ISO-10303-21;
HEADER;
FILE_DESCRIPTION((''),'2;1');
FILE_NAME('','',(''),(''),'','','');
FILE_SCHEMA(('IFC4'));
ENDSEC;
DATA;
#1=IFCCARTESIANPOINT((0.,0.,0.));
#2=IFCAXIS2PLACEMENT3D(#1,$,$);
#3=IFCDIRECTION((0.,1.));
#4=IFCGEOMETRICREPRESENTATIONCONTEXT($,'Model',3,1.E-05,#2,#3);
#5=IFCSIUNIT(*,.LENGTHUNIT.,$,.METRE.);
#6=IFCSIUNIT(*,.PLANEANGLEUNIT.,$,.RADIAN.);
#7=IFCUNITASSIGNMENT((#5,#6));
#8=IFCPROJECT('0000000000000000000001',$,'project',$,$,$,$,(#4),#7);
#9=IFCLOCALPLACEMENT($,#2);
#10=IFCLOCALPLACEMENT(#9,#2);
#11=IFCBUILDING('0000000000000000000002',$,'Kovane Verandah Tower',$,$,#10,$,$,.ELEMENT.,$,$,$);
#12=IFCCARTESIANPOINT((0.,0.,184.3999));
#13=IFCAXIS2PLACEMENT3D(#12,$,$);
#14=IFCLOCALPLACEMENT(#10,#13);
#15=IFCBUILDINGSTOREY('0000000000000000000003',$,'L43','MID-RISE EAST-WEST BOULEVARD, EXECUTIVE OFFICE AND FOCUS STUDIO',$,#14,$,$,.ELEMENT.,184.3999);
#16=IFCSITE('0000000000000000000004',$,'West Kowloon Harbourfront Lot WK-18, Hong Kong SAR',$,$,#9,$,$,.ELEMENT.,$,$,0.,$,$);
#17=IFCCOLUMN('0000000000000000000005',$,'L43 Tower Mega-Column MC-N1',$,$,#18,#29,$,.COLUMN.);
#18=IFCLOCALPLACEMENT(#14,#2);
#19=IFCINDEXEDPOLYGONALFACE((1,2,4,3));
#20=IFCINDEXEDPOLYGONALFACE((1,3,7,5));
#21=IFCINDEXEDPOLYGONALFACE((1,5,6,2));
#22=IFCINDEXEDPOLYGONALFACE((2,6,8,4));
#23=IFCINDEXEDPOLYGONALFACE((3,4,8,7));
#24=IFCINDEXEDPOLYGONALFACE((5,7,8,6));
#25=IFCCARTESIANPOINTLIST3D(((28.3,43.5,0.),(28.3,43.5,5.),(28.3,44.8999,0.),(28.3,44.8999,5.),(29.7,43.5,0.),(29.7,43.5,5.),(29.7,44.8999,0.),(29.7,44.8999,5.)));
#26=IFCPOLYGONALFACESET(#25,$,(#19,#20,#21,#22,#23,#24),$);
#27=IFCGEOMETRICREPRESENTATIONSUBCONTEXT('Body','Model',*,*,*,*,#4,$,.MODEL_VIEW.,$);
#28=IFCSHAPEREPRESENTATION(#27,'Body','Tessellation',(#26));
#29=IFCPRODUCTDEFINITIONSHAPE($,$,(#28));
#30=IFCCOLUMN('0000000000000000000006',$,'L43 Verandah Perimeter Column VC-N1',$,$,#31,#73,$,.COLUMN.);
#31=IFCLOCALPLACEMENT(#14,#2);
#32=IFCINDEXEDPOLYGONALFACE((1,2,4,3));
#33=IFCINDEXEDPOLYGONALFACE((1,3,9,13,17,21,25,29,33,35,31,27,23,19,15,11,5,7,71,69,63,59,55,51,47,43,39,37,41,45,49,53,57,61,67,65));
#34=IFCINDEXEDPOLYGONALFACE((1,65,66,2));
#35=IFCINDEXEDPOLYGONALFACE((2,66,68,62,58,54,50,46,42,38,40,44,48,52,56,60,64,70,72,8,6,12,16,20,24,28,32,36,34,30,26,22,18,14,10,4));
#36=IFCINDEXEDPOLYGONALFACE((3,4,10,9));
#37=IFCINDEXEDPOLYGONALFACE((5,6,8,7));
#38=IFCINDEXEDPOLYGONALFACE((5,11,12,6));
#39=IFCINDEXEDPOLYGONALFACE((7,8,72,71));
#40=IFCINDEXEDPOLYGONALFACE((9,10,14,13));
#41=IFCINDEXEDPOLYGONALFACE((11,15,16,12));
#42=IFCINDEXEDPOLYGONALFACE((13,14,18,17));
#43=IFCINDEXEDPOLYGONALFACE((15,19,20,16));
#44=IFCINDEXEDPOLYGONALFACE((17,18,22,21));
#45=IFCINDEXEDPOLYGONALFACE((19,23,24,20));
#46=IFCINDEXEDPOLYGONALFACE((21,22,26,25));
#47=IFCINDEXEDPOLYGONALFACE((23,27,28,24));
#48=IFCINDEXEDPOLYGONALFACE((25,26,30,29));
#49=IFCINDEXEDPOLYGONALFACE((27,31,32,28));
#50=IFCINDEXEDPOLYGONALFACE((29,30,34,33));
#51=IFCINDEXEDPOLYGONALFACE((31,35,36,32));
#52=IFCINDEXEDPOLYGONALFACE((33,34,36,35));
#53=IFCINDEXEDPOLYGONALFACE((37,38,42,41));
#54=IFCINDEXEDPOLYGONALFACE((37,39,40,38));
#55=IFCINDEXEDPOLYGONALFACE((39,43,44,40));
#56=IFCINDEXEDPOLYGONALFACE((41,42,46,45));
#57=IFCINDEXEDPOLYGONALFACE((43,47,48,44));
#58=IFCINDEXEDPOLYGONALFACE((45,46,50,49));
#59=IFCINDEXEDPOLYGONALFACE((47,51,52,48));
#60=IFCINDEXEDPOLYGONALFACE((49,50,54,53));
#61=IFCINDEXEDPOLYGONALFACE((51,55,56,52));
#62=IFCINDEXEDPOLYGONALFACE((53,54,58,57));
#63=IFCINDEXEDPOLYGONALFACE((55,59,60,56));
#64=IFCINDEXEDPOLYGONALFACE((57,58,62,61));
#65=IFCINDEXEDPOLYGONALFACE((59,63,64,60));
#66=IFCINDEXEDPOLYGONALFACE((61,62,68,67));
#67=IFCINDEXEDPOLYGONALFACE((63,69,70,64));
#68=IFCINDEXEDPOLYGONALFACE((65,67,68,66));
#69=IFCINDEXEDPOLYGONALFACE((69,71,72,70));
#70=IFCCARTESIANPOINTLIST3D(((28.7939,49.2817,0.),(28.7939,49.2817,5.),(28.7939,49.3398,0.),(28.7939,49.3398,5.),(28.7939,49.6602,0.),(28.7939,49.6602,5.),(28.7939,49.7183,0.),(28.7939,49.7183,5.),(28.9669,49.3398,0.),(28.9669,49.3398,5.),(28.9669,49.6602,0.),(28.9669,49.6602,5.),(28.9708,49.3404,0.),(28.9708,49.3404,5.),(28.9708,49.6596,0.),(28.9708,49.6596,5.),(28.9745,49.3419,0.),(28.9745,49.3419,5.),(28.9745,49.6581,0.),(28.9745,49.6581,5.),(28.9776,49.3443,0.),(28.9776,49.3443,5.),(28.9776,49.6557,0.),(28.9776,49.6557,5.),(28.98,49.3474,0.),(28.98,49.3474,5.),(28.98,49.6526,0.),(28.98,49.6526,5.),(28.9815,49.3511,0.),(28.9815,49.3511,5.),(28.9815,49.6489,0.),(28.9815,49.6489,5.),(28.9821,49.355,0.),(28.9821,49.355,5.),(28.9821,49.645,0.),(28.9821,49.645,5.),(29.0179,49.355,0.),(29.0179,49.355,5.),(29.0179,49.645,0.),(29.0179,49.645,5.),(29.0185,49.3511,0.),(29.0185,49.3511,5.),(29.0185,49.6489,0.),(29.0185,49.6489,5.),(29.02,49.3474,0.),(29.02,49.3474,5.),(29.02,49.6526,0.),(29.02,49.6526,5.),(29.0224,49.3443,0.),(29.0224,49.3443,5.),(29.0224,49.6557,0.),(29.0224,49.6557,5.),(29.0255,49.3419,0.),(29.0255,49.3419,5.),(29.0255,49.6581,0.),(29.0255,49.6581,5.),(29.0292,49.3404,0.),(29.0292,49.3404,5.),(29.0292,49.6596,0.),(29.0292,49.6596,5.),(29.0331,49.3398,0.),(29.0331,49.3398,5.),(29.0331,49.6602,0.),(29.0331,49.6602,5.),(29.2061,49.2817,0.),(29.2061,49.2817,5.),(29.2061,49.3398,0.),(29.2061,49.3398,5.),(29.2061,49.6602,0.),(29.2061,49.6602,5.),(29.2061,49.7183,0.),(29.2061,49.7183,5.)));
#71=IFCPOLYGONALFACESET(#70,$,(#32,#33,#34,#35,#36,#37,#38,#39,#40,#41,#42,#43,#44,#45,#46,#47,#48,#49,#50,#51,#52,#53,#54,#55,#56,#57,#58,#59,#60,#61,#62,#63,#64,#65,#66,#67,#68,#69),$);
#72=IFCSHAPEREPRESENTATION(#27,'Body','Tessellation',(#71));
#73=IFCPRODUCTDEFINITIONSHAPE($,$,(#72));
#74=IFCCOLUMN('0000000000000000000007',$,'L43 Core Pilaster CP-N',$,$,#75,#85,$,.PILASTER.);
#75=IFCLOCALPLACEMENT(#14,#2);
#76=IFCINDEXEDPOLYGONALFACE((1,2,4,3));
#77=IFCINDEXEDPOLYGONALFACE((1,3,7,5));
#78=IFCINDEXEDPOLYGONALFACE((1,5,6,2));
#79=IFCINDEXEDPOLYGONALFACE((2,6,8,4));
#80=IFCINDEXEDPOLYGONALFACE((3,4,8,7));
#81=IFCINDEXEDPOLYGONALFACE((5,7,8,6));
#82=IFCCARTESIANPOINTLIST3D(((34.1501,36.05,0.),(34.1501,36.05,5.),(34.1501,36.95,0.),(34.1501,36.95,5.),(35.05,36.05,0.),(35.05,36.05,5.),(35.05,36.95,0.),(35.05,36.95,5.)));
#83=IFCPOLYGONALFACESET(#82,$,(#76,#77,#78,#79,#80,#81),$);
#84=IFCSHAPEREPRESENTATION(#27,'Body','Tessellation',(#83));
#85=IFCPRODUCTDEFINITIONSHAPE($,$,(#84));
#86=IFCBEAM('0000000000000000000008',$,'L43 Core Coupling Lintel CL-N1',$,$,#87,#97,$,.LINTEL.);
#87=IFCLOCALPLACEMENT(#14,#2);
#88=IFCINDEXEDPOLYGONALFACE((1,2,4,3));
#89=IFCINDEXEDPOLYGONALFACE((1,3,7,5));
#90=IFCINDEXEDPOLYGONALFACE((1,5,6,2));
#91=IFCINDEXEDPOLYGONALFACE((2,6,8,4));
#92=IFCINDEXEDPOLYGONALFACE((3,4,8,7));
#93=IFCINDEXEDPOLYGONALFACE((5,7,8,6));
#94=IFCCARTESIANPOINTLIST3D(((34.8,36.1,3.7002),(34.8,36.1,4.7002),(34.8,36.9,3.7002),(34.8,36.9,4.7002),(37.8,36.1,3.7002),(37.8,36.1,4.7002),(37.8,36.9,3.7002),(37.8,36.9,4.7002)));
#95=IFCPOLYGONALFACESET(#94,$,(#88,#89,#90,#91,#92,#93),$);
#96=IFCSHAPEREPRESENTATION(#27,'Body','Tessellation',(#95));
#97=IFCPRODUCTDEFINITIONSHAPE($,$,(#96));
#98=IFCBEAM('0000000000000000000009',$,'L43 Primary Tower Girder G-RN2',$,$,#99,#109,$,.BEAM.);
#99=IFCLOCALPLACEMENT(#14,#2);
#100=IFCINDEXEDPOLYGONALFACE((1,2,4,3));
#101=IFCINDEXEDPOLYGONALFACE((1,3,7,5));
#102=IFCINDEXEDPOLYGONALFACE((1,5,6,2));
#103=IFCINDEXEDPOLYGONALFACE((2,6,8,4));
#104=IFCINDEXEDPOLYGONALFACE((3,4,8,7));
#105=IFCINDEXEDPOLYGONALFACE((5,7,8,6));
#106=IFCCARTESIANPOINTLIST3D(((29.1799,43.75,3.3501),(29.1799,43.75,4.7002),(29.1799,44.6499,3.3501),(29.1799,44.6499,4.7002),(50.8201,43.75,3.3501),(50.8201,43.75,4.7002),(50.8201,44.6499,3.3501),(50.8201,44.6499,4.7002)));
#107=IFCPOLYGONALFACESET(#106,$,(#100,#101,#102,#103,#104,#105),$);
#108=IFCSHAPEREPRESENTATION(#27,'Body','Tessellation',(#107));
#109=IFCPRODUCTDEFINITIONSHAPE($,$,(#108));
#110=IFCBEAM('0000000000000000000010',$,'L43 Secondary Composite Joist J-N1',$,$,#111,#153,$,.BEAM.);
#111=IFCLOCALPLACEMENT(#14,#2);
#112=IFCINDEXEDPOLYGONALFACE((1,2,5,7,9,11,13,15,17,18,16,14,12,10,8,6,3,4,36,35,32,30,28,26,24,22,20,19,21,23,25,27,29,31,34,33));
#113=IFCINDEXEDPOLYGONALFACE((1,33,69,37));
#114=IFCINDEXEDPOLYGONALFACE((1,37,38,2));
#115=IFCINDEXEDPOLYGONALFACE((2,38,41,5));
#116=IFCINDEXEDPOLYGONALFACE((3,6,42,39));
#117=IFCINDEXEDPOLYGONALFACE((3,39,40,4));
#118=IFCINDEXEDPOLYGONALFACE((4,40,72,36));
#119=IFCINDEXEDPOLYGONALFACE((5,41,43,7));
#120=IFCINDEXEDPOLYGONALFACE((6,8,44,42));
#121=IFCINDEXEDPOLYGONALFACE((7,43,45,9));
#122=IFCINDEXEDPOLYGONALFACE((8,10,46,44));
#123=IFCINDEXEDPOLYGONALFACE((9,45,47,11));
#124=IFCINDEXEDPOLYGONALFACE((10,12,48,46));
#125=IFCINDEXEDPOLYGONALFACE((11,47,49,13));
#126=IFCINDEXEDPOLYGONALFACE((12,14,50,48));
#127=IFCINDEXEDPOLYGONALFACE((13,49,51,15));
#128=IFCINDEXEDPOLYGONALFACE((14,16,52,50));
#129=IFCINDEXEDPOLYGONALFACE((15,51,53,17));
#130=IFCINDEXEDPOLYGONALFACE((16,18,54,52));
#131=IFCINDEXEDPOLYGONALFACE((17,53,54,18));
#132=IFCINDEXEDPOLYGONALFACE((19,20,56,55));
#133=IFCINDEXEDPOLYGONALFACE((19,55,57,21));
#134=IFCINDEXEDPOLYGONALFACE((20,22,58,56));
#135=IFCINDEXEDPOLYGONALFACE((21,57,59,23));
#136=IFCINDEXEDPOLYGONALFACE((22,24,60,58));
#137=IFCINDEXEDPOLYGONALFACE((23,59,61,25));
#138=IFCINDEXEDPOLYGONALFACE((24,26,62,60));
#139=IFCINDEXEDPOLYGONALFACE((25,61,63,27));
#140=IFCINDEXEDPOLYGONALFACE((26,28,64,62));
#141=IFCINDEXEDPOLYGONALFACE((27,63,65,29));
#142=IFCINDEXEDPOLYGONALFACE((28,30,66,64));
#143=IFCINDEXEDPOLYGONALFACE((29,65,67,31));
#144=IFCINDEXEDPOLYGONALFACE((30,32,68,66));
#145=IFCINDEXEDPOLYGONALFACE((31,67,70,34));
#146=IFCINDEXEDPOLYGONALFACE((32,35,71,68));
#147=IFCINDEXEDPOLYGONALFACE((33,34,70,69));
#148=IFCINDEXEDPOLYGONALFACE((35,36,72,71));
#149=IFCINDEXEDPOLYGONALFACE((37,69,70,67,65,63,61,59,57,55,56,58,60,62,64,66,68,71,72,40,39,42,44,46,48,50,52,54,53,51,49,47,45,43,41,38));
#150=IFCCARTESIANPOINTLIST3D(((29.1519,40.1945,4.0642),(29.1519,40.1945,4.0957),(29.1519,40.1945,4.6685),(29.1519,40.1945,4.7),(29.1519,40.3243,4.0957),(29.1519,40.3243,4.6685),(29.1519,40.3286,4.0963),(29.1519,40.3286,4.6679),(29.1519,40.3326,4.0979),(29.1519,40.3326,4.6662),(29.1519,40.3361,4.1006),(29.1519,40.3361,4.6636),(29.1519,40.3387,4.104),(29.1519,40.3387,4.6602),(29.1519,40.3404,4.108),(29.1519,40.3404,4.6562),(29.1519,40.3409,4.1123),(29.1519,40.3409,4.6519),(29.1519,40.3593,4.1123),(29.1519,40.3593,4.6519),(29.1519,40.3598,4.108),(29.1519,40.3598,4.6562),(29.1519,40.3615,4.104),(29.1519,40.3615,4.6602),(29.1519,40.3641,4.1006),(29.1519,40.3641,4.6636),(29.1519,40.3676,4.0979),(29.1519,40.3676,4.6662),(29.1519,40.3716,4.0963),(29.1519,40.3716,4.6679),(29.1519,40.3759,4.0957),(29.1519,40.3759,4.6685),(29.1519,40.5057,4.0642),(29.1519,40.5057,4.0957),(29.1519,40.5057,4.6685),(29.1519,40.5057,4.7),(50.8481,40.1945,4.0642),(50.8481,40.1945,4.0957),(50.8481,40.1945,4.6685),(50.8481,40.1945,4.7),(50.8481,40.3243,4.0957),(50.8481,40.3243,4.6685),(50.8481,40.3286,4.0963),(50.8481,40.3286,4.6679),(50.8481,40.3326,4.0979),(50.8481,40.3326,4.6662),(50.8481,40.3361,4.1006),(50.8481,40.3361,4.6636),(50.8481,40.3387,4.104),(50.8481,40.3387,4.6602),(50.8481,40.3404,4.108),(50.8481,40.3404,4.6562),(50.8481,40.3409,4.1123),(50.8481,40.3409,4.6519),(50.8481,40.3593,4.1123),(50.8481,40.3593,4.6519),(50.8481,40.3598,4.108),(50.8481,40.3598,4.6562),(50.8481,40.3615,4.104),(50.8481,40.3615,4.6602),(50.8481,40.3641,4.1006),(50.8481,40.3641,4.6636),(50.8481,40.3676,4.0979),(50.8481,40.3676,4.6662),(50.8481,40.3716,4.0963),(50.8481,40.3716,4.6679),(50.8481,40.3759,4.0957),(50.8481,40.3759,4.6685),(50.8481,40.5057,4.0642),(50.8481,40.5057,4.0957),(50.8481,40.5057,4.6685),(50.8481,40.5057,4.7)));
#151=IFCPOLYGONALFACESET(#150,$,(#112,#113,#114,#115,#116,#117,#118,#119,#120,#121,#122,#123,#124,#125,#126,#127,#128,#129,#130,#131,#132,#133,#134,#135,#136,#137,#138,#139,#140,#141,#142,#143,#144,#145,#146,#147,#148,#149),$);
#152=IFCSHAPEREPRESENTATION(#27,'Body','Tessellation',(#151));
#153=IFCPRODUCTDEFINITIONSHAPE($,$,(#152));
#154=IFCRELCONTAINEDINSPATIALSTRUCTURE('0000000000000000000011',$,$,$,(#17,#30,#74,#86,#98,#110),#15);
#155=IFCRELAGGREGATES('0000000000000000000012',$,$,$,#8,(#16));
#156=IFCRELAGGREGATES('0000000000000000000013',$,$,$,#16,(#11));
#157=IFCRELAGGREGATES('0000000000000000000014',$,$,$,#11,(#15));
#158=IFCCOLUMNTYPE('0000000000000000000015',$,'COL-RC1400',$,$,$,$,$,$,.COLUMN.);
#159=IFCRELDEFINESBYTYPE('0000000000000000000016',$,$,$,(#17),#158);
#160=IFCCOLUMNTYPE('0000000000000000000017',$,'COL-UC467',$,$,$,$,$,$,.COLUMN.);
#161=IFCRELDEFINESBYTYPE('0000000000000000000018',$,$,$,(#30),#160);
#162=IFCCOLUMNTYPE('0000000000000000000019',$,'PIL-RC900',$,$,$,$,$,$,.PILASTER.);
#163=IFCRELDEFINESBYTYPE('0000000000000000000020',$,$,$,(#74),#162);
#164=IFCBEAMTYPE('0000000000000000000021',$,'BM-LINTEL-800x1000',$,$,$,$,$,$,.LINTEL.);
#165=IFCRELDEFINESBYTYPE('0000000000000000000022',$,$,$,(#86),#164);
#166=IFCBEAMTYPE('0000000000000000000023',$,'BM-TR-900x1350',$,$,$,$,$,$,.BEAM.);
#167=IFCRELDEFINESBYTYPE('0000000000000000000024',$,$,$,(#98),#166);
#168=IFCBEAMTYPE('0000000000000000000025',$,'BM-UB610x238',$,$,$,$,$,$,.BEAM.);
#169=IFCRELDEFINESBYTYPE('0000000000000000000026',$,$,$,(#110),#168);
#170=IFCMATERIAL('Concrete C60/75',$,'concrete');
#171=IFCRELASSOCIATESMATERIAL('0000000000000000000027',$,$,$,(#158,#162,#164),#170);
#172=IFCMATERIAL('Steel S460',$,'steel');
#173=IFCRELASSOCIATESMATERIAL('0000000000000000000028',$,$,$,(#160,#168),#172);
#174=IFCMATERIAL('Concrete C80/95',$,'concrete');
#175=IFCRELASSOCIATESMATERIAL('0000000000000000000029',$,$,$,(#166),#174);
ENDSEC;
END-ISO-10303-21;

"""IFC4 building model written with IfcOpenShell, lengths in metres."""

from ifc_helpers import new_model, si_unit, direction, frame, origin, origin_2d, place, context, subcontext, project, spatial, rectangle, i_section, extrude, material, material_profile, profile_set, type_object, element, save


model = new_model("IFC4")

# Units and contexts
model_context = context("Model", 3, precision=1e-05, world=origin(), true_north=direction((0.0, 1.0)))
body_context = subcontext(model_context, "Body", "Model", "MODEL_VIEW")
ifc_project = project(units=[si_unit("LENGTHUNIT", "METRE"), si_unit("PLANEANGLEUNIT", "RADIAN")], contexts=[model_context])

# Site, building, storey
site_placement = place(None, origin())
site = spatial("IfcSite", under=ifc_project, at=site_placement, Name="West Kowloon Harbourfront Lot WK-18, Hong Kong SAR", CompositionType="ELEMENT", RefElevation=0.0)
building_placement = place(site_placement, origin())
building = spatial("IfcBuilding", under=site, at=building_placement, Name="Kovane Verandah Tower", CompositionType="ELEMENT")
storey_placement = place(building_placement, frame((0.0, 0.0, 184.3999)))
storey = spatial("IfcBuildingStorey", under=building, at=storey_placement, Name="L43", Description="MID-RISE EAST-WEST BOULEVARD, EXECUTIVE OFFICE AND FOCUS STUDIO", CompositionType="ELEMENT", Elevation=184.3999)

# Columns
ifc_material_1 = material(Name="Concrete C60/75", Category="concrete")
ifc_material_profile_1 = material_profile(ifc_material_1, rectangle(XDim=1.3999, YDim=1.3999, at=origin_2d()), Name="RC1400x1400")
ifc_profile_set_1 = profile_set([ifc_material_profile_1], Name="Concrete C60/75")
column_type_1 = type_object("IfcColumnType", Name="COL-RC1400", PredefinedType="COLUMN", material=ifc_profile_set_1)
column_1_placement = place(storey_placement, frame((29.0, 44.2, 0.0), z_axis=(0.0, 0.0, 1.0), x_axis=(1.0, 0.0, 0.0)))
element("IfcColumn", 1, at=column_1_placement, inside=storey, type_object=column_type_1, Name="L43 Tower Mega-Column MC-N1", PredefinedType="COLUMN", context=body_context, shape_type="SweptSolid", body=[
    extrude(rectangle(XDim=1.3999, YDim=1.3999, at=origin_2d()), origin(), (0.0, 0.0, 1.0), 5.0),
])
ifc_material_2 = material(Name="Steel S460", Category="steel")
ifc_material_profile_2 = material_profile(ifc_material_2, i_section(OverallWidth=0.4121, OverallDepth=0.4365, WebThickness=0.0359, FlangeThickness=0.0581, FilletRadius=0.0151, at=origin_2d()), Name="UC356x406x467")
ifc_profile_set_2 = profile_set([ifc_material_profile_2], Name="Steel S460")
column_type_2 = type_object("IfcColumnType", Name="COL-UC467", PredefinedType="COLUMN", material=ifc_profile_set_2)
column_2_placement = place(storey_placement, frame((29.0, 49.5, 0.0), z_axis=(0.0, 0.0, 1.0), x_axis=(1.0, 0.0, 0.0)))
element("IfcColumn", 2, at=column_2_placement, inside=storey, type_object=column_type_2, Name="L43 Verandah Perimeter Column VC-N1", PredefinedType="COLUMN", context=body_context, shape_type="SweptSolid", body=[
    extrude(i_section(OverallWidth=0.4121, OverallDepth=0.4365, WebThickness=0.0359, FlangeThickness=0.0581, FilletRadius=0.0151, at=origin_2d()), origin(), (0.0, 0.0, 1.0), 5.0),
])
ifc_material_profile_3 = material_profile(ifc_material_1, rectangle(XDim=0.8999, YDim=0.8999, at=origin_2d()), Name="RC900x900")
ifc_profile_set_3 = profile_set([ifc_material_profile_3], Name="Concrete C60/75")
column_type_3 = type_object("IfcColumnType", Name="PIL-RC900", PredefinedType="PILASTER", material=ifc_profile_set_3)
column_3_placement = place(storey_placement, frame((34.6001, 36.5, 0.0), z_axis=(0.0, 0.0, 1.0), x_axis=(1.0, 0.0, 0.0)))
element("IfcColumn", 3, at=column_3_placement, inside=storey, type_object=column_type_3, Name="L43 Core Pilaster CP-N", PredefinedType="PILASTER", context=body_context, shape_type="SweptSolid", body=[
    extrude(rectangle(XDim=0.8999, YDim=0.8999, at=origin_2d()), origin(), (0.0, 0.0, 1.0), 5.0),
])

# Beams
ifc_material_profile_4 = material_profile(ifc_material_1, rectangle(XDim=0.8, YDim=1.0, at=origin_2d()), Name="RCB800x1000")
ifc_profile_set_4 = profile_set([ifc_material_profile_4], Name="Concrete C60/75")
beam_type_1 = type_object("IfcBeamType", Name="BM-LINTEL-800x1000", PredefinedType="LINTEL", material=ifc_profile_set_4)
beam_1_placement = place(storey_placement, frame((34.8, 36.5, 4.2002), z_axis=(1.0, 0.0, 0.0), x_axis=(0.0, 1.0, 0.0)))
element("IfcBeam", 4, at=beam_1_placement, inside=storey, type_object=beam_type_1, Name="L43 Core Coupling Lintel CL-N1", PredefinedType="LINTEL", context=body_context, shape_type="SweptSolid", body=[
    extrude(rectangle(XDim=0.8, YDim=1.0, at=origin_2d()), origin(), (0.0, 0.0, 1.0), 3.0),
])
ifc_material_3 = material(Name="Concrete C80/95", Category="concrete")
ifc_material_profile_5 = material_profile(ifc_material_3, rectangle(XDim=0.8999, YDim=1.3501, at=origin_2d()), Name="RCB900x1350")
ifc_profile_set_5 = profile_set([ifc_material_profile_5], Name="Concrete C80/95")
beam_type_2 = type_object("IfcBeamType", Name="BM-TR-900x1350", PredefinedType="BEAM", material=ifc_profile_set_5)
beam_2_placement = place(storey_placement, frame((29.1799, 44.2, 4.0251), z_axis=(1.0, 0.0, 0.0), x_axis=(0.0, 1.0, 0.0)))
element("IfcBeam", 5, at=beam_2_placement, inside=storey, type_object=beam_type_2, Name="L43 Primary Tower Girder G-RN2", PredefinedType="BEAM", context=body_context, shape_type="SweptSolid", body=[
    extrude(rectangle(XDim=0.8999, YDim=1.3501, at=origin_2d()), origin(), (0.0, 0.0, 1.0), 21.6401),
])
ifc_material_profile_6 = material_profile(ifc_material_2, i_section(OverallWidth=0.3113, OverallDepth=0.6357, WebThickness=0.0183, FlangeThickness=0.0315, FilletRadius=0.0166, at=origin_2d()), Name="UB610x305x238")
ifc_profile_set_6 = profile_set([ifc_material_profile_6], Name="Steel S460")
beam_type_3 = type_object("IfcBeamType", Name="BM-UB610x238", PredefinedType="BEAM", material=ifc_profile_set_6)
beam_3_placement = place(storey_placement, frame((29.1519, 40.3501, 4.3821), z_axis=(1.0, 0.0, 0.0), x_axis=(0.0, 1.0, 0.0)))
element("IfcBeam", 6, at=beam_3_placement, inside=storey, type_object=beam_type_3, Name="L43 Secondary Composite Joist J-N1", PredefinedType="BEAM", context=body_context, shape_type="SweptSolid", body=[
    extrude(i_section(OverallWidth=0.3113, OverallDepth=0.6357, WebThickness=0.0183, FlangeThickness=0.0315, FilletRadius=0.0166, at=origin_2d()), origin(), (0.0, 0.0, 1.0), 21.6963),
])

save(model, "model.ifc")
